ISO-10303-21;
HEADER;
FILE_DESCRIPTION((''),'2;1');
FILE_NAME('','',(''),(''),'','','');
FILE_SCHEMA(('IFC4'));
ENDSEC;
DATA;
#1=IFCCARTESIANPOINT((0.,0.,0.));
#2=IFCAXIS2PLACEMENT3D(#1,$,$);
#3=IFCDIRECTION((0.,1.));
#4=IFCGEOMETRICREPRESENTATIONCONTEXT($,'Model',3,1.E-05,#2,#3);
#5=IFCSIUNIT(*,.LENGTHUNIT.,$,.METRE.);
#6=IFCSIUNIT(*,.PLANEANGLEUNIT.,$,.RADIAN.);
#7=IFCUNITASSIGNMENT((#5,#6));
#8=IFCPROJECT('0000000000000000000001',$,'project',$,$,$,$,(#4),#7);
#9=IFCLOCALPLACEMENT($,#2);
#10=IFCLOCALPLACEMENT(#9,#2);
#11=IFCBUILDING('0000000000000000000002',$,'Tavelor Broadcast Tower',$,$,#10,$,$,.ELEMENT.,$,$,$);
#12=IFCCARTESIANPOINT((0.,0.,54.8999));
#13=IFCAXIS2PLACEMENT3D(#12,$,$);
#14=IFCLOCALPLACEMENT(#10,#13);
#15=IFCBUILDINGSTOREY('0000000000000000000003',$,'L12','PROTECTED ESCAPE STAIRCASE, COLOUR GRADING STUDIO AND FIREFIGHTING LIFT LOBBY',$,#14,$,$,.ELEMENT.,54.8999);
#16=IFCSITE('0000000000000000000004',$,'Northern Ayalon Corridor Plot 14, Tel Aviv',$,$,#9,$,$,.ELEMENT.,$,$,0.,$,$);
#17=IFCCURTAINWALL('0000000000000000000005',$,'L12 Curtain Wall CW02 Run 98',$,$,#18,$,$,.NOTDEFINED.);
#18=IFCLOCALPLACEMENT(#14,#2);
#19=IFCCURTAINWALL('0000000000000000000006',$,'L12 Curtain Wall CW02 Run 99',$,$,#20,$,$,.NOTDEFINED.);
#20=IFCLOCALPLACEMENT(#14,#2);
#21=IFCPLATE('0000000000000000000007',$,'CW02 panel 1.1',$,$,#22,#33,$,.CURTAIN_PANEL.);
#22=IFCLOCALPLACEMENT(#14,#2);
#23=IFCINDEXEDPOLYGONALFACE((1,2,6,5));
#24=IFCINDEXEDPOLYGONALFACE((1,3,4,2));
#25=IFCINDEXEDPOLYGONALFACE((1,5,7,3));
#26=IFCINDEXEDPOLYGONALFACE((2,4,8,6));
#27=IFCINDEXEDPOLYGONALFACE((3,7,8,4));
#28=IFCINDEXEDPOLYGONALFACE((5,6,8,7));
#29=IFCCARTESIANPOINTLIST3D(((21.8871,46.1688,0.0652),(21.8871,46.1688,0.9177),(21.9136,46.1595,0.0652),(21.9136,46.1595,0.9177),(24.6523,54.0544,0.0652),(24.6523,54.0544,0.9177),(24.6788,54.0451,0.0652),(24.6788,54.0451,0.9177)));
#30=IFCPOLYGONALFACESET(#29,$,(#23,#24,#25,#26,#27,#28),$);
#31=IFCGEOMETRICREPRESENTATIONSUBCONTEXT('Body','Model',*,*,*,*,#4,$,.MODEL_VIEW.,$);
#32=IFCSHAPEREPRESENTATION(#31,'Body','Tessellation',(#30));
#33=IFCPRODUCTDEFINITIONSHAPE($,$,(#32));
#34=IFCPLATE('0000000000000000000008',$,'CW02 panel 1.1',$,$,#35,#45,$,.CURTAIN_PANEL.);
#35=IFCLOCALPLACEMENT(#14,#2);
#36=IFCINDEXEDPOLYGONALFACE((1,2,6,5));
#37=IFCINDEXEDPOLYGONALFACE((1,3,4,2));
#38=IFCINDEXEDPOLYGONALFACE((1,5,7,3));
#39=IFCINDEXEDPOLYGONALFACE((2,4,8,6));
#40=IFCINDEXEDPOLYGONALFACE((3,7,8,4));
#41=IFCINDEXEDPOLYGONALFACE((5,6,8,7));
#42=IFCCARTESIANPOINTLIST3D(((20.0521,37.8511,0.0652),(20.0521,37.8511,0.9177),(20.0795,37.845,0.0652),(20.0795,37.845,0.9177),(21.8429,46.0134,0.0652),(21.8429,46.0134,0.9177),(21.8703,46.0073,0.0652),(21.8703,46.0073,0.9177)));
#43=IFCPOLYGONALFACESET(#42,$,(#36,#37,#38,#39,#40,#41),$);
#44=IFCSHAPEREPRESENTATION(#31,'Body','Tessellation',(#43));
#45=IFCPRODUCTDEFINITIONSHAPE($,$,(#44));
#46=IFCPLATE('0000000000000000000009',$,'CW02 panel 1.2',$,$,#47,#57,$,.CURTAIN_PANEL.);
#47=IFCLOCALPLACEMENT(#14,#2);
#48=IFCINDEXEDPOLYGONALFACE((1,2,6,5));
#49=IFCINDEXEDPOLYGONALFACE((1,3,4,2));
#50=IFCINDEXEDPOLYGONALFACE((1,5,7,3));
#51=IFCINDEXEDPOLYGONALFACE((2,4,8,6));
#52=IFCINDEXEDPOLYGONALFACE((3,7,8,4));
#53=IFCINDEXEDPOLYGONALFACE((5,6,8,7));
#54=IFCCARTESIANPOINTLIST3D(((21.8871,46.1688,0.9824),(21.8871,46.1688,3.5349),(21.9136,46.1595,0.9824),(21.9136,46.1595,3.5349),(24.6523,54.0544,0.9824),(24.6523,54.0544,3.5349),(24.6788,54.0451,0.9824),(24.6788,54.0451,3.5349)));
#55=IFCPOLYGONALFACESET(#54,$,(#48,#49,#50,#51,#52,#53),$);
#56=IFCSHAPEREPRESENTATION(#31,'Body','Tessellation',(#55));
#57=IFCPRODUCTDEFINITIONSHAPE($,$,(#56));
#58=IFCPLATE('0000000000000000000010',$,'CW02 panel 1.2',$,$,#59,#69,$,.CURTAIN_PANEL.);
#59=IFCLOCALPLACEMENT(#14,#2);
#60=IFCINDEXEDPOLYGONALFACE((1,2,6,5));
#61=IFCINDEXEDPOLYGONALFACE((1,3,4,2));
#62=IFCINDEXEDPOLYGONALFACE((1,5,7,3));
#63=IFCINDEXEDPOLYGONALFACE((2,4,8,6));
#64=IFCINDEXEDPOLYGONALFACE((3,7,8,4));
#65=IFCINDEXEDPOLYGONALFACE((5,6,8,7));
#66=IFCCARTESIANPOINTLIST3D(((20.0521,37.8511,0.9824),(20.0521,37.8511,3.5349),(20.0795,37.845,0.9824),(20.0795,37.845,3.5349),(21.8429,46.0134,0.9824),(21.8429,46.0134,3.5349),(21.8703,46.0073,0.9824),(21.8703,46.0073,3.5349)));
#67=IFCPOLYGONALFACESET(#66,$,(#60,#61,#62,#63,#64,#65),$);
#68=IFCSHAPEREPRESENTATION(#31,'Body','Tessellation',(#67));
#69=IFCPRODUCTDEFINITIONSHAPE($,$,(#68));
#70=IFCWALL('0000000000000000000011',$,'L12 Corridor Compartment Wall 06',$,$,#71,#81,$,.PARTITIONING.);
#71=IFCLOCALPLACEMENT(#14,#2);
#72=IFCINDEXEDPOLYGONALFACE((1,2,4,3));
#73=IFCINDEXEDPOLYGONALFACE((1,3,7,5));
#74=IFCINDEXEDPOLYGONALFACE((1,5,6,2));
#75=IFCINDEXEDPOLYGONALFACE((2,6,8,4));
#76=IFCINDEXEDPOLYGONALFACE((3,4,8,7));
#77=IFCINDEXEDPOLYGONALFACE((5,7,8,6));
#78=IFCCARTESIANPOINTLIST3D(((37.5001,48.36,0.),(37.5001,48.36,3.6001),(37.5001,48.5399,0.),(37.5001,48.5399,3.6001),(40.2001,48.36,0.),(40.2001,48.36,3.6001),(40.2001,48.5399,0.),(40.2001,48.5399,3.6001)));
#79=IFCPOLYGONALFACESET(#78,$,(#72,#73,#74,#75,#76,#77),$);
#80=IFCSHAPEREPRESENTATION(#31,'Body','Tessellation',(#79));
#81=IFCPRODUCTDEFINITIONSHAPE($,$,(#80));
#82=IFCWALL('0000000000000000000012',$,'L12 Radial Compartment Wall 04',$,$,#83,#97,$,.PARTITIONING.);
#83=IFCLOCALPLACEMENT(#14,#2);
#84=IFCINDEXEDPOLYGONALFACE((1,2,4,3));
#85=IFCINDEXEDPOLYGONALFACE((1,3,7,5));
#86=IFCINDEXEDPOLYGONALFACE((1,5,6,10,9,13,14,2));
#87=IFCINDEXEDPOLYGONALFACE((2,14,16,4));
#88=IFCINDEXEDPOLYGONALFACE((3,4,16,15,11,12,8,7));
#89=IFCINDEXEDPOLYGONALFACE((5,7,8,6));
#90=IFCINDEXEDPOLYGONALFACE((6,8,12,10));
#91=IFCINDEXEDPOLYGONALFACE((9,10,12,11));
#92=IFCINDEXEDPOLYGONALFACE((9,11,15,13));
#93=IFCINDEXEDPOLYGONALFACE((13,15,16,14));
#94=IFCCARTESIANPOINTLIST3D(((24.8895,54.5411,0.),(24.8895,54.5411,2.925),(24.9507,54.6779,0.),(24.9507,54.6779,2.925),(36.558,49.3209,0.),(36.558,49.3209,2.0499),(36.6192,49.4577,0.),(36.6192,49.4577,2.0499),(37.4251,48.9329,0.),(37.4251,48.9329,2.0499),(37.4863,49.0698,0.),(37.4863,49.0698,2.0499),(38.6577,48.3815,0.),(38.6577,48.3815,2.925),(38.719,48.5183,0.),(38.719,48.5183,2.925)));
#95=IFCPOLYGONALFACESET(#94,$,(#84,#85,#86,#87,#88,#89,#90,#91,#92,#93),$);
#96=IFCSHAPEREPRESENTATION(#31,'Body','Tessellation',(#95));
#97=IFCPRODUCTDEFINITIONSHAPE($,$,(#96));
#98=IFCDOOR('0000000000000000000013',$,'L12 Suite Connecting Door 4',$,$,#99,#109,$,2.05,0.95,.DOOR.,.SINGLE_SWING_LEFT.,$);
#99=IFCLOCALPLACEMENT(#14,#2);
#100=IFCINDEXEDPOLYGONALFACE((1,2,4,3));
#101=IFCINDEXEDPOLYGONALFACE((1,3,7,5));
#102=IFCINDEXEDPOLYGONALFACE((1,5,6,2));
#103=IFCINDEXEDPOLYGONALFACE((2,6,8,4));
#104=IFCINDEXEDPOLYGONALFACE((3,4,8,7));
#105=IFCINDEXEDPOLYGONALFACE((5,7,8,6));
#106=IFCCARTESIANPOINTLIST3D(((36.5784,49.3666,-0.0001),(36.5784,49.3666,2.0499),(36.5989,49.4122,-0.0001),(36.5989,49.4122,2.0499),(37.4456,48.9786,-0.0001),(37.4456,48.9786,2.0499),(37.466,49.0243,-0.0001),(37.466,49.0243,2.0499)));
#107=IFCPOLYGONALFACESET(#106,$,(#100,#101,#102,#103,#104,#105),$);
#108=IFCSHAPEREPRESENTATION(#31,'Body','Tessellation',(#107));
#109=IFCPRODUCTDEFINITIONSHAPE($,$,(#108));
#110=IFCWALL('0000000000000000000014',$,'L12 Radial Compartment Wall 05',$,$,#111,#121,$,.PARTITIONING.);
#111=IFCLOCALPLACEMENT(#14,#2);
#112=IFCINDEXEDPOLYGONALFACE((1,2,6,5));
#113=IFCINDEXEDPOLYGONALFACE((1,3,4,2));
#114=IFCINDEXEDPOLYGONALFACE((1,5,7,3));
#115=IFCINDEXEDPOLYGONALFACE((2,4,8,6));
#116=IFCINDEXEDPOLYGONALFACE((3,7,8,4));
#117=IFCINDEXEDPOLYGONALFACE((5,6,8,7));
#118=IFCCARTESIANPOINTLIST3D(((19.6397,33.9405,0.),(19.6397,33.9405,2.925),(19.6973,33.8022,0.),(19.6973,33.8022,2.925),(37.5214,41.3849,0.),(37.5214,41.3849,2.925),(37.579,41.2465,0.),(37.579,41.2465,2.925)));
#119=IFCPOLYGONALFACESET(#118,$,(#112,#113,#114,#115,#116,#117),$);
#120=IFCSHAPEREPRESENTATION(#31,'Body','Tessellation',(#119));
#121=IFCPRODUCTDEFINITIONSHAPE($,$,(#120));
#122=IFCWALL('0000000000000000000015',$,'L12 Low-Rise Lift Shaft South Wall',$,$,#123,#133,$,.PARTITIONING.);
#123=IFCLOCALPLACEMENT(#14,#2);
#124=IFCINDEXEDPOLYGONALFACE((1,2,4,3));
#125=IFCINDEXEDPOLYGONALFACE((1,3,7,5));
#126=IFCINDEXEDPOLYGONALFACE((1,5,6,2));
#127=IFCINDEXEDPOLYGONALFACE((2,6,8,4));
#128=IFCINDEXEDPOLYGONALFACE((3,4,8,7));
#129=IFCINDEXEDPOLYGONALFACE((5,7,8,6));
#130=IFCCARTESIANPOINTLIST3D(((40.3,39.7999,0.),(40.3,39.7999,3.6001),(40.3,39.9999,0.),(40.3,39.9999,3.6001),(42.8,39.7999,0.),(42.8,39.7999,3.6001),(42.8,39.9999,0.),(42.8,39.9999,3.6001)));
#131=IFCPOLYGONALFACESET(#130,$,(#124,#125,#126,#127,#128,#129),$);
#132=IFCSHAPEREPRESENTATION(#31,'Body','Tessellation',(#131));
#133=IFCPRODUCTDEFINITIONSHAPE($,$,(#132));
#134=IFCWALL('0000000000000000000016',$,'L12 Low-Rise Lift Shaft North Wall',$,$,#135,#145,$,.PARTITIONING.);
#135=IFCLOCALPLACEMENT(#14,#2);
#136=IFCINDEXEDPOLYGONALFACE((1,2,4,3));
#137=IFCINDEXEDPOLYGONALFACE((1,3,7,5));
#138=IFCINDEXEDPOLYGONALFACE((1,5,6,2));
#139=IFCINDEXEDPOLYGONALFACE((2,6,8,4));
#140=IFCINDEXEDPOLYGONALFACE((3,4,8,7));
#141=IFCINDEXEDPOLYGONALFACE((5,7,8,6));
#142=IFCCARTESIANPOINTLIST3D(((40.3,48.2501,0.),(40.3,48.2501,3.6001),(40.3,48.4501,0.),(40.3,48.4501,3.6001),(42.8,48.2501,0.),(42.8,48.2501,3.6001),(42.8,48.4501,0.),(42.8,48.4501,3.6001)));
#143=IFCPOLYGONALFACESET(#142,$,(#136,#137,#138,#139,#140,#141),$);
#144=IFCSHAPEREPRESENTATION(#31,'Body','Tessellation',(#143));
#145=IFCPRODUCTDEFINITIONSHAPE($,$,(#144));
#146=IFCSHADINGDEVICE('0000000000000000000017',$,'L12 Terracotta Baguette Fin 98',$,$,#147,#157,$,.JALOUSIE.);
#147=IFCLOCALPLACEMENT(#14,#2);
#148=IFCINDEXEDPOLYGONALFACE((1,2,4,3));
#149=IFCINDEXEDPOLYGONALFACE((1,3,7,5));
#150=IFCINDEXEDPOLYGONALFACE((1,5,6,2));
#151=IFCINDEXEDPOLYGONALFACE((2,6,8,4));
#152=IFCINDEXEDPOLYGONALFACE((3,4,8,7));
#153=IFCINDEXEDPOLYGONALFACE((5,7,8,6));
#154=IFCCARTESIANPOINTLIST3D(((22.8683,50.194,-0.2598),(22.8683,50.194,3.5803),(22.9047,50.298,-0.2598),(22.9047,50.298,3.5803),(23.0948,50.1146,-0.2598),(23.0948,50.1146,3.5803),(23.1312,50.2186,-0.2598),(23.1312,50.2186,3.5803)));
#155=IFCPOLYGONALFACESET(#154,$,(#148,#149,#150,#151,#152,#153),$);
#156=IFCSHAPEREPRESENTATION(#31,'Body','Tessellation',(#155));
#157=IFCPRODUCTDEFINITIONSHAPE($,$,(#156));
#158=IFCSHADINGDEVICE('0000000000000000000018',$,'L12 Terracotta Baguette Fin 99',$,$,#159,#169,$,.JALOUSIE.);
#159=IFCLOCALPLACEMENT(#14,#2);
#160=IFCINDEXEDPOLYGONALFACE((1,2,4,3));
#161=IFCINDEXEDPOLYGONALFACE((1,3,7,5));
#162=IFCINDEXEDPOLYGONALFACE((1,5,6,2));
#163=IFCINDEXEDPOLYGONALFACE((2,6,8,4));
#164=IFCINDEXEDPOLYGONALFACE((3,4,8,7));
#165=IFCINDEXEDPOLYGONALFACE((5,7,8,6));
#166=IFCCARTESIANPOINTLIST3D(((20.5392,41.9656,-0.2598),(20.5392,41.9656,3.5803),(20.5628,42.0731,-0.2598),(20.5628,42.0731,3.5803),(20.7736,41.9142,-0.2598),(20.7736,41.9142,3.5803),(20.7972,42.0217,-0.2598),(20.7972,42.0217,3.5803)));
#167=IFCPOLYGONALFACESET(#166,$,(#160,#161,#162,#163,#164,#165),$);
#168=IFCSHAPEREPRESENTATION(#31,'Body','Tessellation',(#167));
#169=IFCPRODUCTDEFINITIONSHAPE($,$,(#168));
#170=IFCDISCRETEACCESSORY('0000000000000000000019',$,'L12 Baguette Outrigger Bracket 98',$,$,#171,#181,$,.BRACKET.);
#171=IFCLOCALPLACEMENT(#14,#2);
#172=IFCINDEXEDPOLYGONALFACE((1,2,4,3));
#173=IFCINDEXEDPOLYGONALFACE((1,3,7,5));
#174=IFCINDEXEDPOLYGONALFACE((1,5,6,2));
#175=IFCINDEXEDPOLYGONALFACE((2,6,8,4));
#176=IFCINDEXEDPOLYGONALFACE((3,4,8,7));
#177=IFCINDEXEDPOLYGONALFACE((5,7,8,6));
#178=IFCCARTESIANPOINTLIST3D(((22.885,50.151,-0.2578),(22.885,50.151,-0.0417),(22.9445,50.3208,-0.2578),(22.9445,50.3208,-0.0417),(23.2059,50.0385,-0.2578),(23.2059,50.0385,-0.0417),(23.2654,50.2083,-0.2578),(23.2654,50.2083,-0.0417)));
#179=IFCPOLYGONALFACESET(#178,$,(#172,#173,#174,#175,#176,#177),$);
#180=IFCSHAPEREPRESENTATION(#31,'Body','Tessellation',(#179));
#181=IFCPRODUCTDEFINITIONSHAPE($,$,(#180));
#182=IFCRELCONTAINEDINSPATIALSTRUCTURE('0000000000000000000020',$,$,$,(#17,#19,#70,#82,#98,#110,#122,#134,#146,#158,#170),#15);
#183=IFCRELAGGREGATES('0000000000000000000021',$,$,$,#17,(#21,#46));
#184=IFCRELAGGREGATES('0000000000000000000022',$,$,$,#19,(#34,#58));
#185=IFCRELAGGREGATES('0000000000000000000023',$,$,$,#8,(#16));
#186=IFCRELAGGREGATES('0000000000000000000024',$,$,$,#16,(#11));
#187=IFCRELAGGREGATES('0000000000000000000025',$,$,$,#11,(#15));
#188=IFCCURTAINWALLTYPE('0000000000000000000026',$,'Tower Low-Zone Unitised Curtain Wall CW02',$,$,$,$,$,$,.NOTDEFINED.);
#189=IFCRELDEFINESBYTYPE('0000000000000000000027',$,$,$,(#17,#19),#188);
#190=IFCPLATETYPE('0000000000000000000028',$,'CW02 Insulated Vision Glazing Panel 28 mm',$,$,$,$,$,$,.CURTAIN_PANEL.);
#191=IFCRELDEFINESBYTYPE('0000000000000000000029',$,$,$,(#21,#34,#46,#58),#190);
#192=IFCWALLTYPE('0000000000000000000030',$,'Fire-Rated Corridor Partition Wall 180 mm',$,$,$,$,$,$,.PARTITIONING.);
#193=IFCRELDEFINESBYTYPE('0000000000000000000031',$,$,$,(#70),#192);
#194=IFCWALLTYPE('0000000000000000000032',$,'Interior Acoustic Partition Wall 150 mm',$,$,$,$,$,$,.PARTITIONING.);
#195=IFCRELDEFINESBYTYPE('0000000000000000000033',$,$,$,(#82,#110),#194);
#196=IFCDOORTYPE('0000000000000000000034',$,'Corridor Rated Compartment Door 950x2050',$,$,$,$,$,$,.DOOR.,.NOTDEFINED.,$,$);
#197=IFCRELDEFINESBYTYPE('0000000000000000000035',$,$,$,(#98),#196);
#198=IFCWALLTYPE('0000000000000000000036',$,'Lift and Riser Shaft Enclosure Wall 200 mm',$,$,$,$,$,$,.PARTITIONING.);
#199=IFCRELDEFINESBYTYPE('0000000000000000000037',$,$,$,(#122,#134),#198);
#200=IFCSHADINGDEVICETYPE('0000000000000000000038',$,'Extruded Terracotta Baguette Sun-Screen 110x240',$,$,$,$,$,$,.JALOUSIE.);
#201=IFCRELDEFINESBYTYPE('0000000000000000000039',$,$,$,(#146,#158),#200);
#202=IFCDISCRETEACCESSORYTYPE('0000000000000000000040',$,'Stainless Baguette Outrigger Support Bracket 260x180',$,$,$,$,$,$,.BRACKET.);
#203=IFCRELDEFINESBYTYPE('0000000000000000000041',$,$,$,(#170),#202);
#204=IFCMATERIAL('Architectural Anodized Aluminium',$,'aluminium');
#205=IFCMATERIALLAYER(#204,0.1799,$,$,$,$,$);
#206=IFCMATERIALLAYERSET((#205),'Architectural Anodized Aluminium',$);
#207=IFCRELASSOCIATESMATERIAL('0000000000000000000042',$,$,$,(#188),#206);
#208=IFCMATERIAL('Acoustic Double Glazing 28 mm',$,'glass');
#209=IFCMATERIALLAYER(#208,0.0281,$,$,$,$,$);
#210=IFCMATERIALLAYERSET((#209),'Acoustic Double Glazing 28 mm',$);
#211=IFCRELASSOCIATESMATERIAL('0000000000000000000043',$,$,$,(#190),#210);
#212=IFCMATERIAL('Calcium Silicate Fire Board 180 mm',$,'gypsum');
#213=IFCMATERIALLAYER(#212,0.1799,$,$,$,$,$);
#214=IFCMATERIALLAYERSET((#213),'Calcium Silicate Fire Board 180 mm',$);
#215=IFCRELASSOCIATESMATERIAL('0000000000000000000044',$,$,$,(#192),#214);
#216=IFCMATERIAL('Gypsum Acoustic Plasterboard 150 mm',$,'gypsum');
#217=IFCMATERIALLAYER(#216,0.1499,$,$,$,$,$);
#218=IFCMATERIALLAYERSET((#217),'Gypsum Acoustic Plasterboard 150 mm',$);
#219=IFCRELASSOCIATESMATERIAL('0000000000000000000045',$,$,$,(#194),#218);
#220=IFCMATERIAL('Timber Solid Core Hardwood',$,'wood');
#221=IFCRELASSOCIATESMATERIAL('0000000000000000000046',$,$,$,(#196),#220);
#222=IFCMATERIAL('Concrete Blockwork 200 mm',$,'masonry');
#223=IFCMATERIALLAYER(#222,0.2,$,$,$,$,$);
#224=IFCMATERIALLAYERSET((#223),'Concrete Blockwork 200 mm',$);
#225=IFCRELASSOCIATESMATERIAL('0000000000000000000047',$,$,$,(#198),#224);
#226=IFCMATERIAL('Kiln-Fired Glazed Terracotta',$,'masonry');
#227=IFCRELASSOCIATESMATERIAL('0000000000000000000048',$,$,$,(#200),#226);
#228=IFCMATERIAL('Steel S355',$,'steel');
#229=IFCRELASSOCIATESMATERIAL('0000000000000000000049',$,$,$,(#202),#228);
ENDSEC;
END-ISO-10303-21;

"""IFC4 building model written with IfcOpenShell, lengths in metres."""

from ifc_helpers import new_model, si_unit, direction, frame, frame_2d, origin, origin_2d, place, context, subcontext, project, spatial, rectangle, extrude, source, transform, mapped, material, layer, layer_set, type_object, type_shapes, element, fill, aggregate, save


model = new_model("IFC4")

# Units and contexts
model_context = context("Model", 3, precision=1e-05, world=origin(), true_north=direction((0.0, 1.0)))
body_context = subcontext(model_context, "Body", "Model", "MODEL_VIEW")
ifc_project = project(units=[si_unit("LENGTHUNIT", "METRE"), si_unit("PLANEANGLEUNIT", "RADIAN")], contexts=[model_context])

# Site, building, storey
site_placement = place(None, origin())
site = spatial("IfcSite", under=ifc_project, at=site_placement, Name="Northern Ayalon Corridor Plot 14, Tel Aviv", CompositionType="ELEMENT", RefElevation=0.0)
building_placement = place(site_placement, origin())
building = spatial("IfcBuilding", under=site, at=building_placement, Name="Tavelor Broadcast Tower", CompositionType="ELEMENT")
storey_placement = place(building_placement, frame((0.0, 0.0, 54.8999)))
storey = spatial("IfcBuildingStorey", under=building, at=storey_placement, Name="L12", Description="PROTECTED ESCAPE STAIRCASE, COLOUR GRADING STUDIO AND FIREFIGHTING LIFT LOBBY", CompositionType="ELEMENT", Elevation=54.8999)

# Shared definitions
ifc_material_1 = material(Name="Steel S355", Category="steel")

# Curtain wall
ifc_material_2 = material(Name="Architectural Anodized Aluminium", Category="aluminium")
ifc_layer_1 = layer(ifc_material_2, 0.1799)
ifc_layer_set_1 = layer_set([ifc_layer_1], Name="Architectural Anodized Aluminium")
curtain_wall_type = type_object("IfcCurtainWallType", Name="Tower Low-Zone Unitised Curtain Wall CW02", PredefinedType="NOTDEFINED", material=ifc_layer_set_1)
curtain_wall_1_placement = place(storey_placement, origin())
curtain_wall_1 = element("IfcCurtainWall", 1, at=curtain_wall_1_placement, inside=storey, type_object=curtain_wall_type, Name="L12 Curtain Wall CW02 Run 98", PredefinedType="NOTDEFINED")

# Curtain wall
curtain_wall_2_placement = place(storey_placement, origin())
curtain_wall_2 = element("IfcCurtainWall", 2, at=curtain_wall_2_placement, inside=storey, type_object=curtain_wall_type, Name="L12 Curtain Wall CW02 Run 99", PredefinedType="NOTDEFINED")

# Plates
ifc_material_3 = material(Name="Acoustic Double Glazing 28 mm", Category="glass")
ifc_layer_2 = layer(ifc_material_3, 0.0281)
ifc_layer_set_2 = layer_set([ifc_layer_2], Name="Acoustic Double Glazing 28 mm")
plate_type_1 = type_object("IfcPlateType", Name="CW02 Insulated Vision Glazing Panel 28 mm", PredefinedType="CURTAIN_PANEL", material=ifc_layer_set_2)
shared_shape_1 = source(origin(), body_context, "Body", "SweptSolid", [
    extrude(rectangle(XDim=8.3564, YDim=0.0281, at=origin_2d()), origin(), (0.0, 0.0, 1.0), 0.8525),
])
plate_1_placement = place(storey_placement, frame((23.283, 50.1069, 0.0652), z_axis=(0.0, 0.0, 1.0), x_axis=(-0.330913, -0.943661, 0.0)))
plate_1 = element("IfcPlate", 3, at=plate_1_placement, type_object=plate_type_1, Name="CW02 panel 1.1", PredefinedType="CURTAIN_PANEL", context=body_context, shape_type="MappedRepresentation", body=[
    mapped(shared_shape_1, transform((0.0, 0.0, 0.0), scale=1.0)),
])
plate_2_placement = place(storey_placement, frame((20.9612, 41.9292, 0.0652), z_axis=(0.0, 0.0, 1.0), x_axis=(-0.214297, -0.976769, 0.0)))
plate_2 = element("IfcPlate", 4, at=plate_2_placement, type_object=plate_type_1, Name="CW02 panel 1.1", PredefinedType="CURTAIN_PANEL", context=body_context, shape_type="MappedRepresentation", body=[
    mapped(shared_shape_1, transform((0.0, 0.0, 0.0), scale=1.0)),
])
shared_shape_2 = source(origin(), body_context, "Body", "SweptSolid", [
    extrude(rectangle(XDim=8.3564, YDim=0.0281, at=origin_2d()), origin(), (0.0, 0.0, 1.0), 2.5525),
])
type_shapes(plate_type_1, [shared_shape_1, shared_shape_2])
plate_3_placement = place(storey_placement, frame((23.283, 50.1069, 0.9824), z_axis=(0.0, 0.0, 1.0), x_axis=(-0.330913, -0.943661, 0.0)))
plate_3 = element("IfcPlate", 5, at=plate_3_placement, type_object=plate_type_1, Name="CW02 panel 1.2", PredefinedType="CURTAIN_PANEL", context=body_context, shape_type="MappedRepresentation", body=[
    mapped(shared_shape_2, transform((0.0, 0.0, 0.0), scale=1.0)),
])
aggregate(curtain_wall_1, [plate_1, plate_3])
plate_4_placement = place(storey_placement, frame((20.9612, 41.9292, 0.9824), z_axis=(0.0, 0.0, 1.0), x_axis=(-0.214297, -0.976769, 0.0)))
plate_4 = element("IfcPlate", 6, at=plate_4_placement, type_object=plate_type_1, Name="CW02 panel 1.2", PredefinedType="CURTAIN_PANEL", context=body_context, shape_type="MappedRepresentation", body=[
    mapped(shared_shape_2, transform((0.0, 0.0, 0.0), scale=1.0)),
])
aggregate(curtain_wall_2, [plate_2, plate_4])

# Wall
ifc_material_4 = material(Name="Calcium Silicate Fire Board 180 mm", Category="gypsum")
ifc_layer_3 = layer(ifc_material_4, 0.1799)
ifc_layer_set_3 = layer_set([ifc_layer_3], Name="Calcium Silicate Fire Board 180 mm")
wall_type_1 = type_object("IfcWallType", Name="Fire-Rated Corridor Partition Wall 180 mm", PredefinedType="PARTITIONING", material=ifc_layer_set_3)
wall_1_placement = place(storey_placement, frame((37.5, 48.45, 0.0), z_axis=(0.0, 0.0, 1.0), x_axis=(1.0, 0.0, 0.0)))
element("IfcWall", 7, at=wall_1_placement, inside=storey, type_object=wall_type_1, Name="L12 Corridor Compartment Wall 06", PredefinedType="PARTITIONING", context=body_context, shape_type="SweptSolid", body=[
    extrude(rectangle(XDim=2.7, YDim=0.1799, at=frame_2d((1.3501, 0.0))), origin(), (0.0, 0.0, 1.0), 3.6001),
])

# Wall, opening, door
ifc_material_5 = material(Name="Gypsum Acoustic Plasterboard 150 mm", Category="gypsum")
ifc_layer_4 = layer(ifc_material_5, 0.1499)
ifc_layer_set_4 = layer_set([ifc_layer_4], Name="Gypsum Acoustic Plasterboard 150 mm")
wall_type_2 = type_object("IfcWallType", Name="Interior Acoustic Partition Wall 150 mm", PredefinedType="PARTITIONING", material=ifc_layer_set_4)
wall_2_placement = place(storey_placement, frame((38.6882, 48.45, 0.0), z_axis=(0.0, 0.0, 1.0), x_axis=(-0.912814, 0.408375, 0.0)))
wall_2 = element("IfcWall", 8, at=wall_2_placement, inside=storey, type_object=wall_type_2, Name="L12 Radial Compartment Wall 04", PredefinedType="PARTITIONING", context=body_context, shape_type="SweptSolid", body=[
    extrude(rectangle(XDim=15.0833, YDim=0.1499, at=frame_2d((7.5415, 0.0))), origin(), (0.0, 0.0, 1.0), 2.925),
])
opening_1_placement = place(wall_2_placement, frame((1.3501, 0.0, 0.0)))
opening_1 = element("IfcOpeningElement", 9, at=opening_1_placement, cuts=wall_2, PredefinedType="OPENING", context=body_context, shape_type="SweptSolid", body=[
    extrude(rectangle(XDim=0.95, YDim=2.05, at=frame_2d((0.4751, 1.0249))), frame((0.0, 0.085, 0.0), z_axis=(0.0, -1.0, 0.0), x_axis=(1.0, 0.0, 0.0)), (0.0, 0.0, 1.0), 0.1699),
])
ifc_material_6 = material(Name="Timber Solid Core Hardwood", Category="wood")
door_type_1 = type_object("IfcDoorType", Name="Corridor Rated Compartment Door 950x2050", OperationType="NOTDEFINED", PredefinedType="DOOR", material=ifc_material_6)
door_1_placement = place(opening_1_placement, origin())
door_1 = element("IfcDoor", 10, at=door_1_placement, inside=storey, type_object=door_type_1, Name="L12 Suite Connecting Door 4", OperationType="SINGLE_SWING_LEFT", OverallHeight=2.05, OverallWidth=0.95, PredefinedType="DOOR", context=body_context, shape_type="SweptSolid", body=[
    extrude(rectangle(XDim=0.95, YDim=2.05, at=frame_2d((0.4751, 1.0249))), frame((0.0, 0.0249, 0.0), z_axis=(0.0, -1.0, 0.0), x_axis=(1.0, 0.0, 0.0)), (0.0, 0.0, 1.0), 0.05),
])
fill(opening_1, door_1)

# Wall
wall_3_placement = place(storey_placement, frame((37.55, 41.3157, 0.0), z_axis=(0.0, 0.0, 1.0), x_axis=(-0.923193, -0.384337, 0.0)))
element("IfcWall", 11, at=wall_3_placement, inside=storey, type_object=wall_type_2, Name="L12 Radial Compartment Wall 05", PredefinedType="PARTITIONING", context=body_context, shape_type="SweptSolid", body=[
    extrude(rectangle(XDim=19.3694, YDim=0.1499, at=frame_2d((9.6846, 0.0))), origin(), (0.0, 0.0, 1.0), 2.925),
])

# Shared definitions
ifc_material_7 = material(Name="Concrete Blockwork 200 mm", Category="masonry")

# Walls
ifc_layer_5 = layer(ifc_material_7, 0.2)
ifc_layer_set_5 = layer_set([ifc_layer_5], Name="Concrete Blockwork 200 mm")
wall_type_3 = type_object("IfcWallType", Name="Lift and Riser Shaft Enclosure Wall 200 mm", PredefinedType="PARTITIONING", material=ifc_layer_set_5)
for number, where, z_axis, x_axis, name in (
    (12, (40.3, 39.8999, 0.0), (0.0, 0.0, 1.0), (1.0, 0.0, 0.0), "L12 Low-Rise Lift Shaft South Wall"),
    (13, (40.3, 48.3501, 0.0), (0.0, 0.0, 1.0), (1.0, 0.0, 0.0), "L12 Low-Rise Lift Shaft North Wall"),
):
    element("IfcWall", number, at=place(storey_placement, frame(where, z_axis=z_axis, x_axis=x_axis)), inside=storey, type_object=wall_type_3, Name=name, PredefinedType="PARTITIONING", context=body_context, shape_type="SweptSolid", body=[
        extrude(rectangle(XDim=2.5, YDim=0.2, at=frame_2d((1.25, 0.0))), origin(), (0.0, 0.0, 1.0), 3.6001),
    ])

# Shading devices
ifc_material_8 = material(Name="Kiln-Fired Glazed Terracotta", Category="masonry")
shading_device_type = type_object("IfcShadingDeviceType", Name="Extruded Terracotta Baguette Sun-Screen 110x240", PredefinedType="JALOUSIE", material=ifc_material_8)
shared_shape_3 = source(origin(), body_context, "Body", "SweptSolid", [
    extrude(rectangle(XDim=0.1101, YDim=0.24, at=origin_2d()), origin(), (0.0, 0.0, 1.0), 3.8401),
])
type_shapes(shading_device_type, [shared_shape_3])
for number, where, z_axis, x_axis, name in (
    (14, (22.9998, 50.2063, -0.2598), (0.0, 0.0, 1.0), (-0.330844, -0.943686, 0.0), "L12 Terracotta Baguette Fin 98"),
    (15, (20.6682, 41.9937, -0.2598), (0.0, 0.0, 1.0), (-0.214224, -0.976785, 0.0), "L12 Terracotta Baguette Fin 99"),
):
    element("IfcShadingDevice", number, at=place(storey_placement, frame(where, z_axis=z_axis, x_axis=x_axis)), inside=storey, type_object=shading_device_type, Name=name, PredefinedType="JALOUSIE", context=body_context, shape_type="MappedRepresentation", body=[
        mapped(shared_shape_3, transform((0.0, 0.0, 0.0), scale=1.0)),
    ])

# Discrete accessory
discrete_accessory_type = type_object("IfcDiscreteAccessoryType", Name="Stainless Baguette Outrigger Support Bracket 260x180", PredefinedType="BRACKET", material=ifc_material_1)
shared_shape_4 = source(origin(), body_context, "Body", "SweptSolid", [
    extrude(rectangle(XDim=0.1799, YDim=0.3401, at=origin_2d()), origin(), (0.0, 0.0, 1.0), 0.2161),
])
type_shapes(discrete_accessory_type, [shared_shape_4])
for number, where, z_axis, x_axis, name in (
    (16, (23.0752, 50.1797, -0.2578), (0.0, 0.0, 1.0), (-0.330844, -0.943686, 0.0), "L12 Baguette Outrigger Bracket 98"),
):
    element("IfcDiscreteAccessory", number, at=place(storey_placement, frame(where, z_axis=z_axis, x_axis=x_axis)), inside=storey, type_object=discrete_accessory_type, Name=name, PredefinedType="BRACKET", context=body_context, shape_type="MappedRepresentation", body=[
        mapped(shared_shape_4, transform((0.0, 0.0, 0.0), scale=1.0)),
    ])

save(model, "model.ifc")
